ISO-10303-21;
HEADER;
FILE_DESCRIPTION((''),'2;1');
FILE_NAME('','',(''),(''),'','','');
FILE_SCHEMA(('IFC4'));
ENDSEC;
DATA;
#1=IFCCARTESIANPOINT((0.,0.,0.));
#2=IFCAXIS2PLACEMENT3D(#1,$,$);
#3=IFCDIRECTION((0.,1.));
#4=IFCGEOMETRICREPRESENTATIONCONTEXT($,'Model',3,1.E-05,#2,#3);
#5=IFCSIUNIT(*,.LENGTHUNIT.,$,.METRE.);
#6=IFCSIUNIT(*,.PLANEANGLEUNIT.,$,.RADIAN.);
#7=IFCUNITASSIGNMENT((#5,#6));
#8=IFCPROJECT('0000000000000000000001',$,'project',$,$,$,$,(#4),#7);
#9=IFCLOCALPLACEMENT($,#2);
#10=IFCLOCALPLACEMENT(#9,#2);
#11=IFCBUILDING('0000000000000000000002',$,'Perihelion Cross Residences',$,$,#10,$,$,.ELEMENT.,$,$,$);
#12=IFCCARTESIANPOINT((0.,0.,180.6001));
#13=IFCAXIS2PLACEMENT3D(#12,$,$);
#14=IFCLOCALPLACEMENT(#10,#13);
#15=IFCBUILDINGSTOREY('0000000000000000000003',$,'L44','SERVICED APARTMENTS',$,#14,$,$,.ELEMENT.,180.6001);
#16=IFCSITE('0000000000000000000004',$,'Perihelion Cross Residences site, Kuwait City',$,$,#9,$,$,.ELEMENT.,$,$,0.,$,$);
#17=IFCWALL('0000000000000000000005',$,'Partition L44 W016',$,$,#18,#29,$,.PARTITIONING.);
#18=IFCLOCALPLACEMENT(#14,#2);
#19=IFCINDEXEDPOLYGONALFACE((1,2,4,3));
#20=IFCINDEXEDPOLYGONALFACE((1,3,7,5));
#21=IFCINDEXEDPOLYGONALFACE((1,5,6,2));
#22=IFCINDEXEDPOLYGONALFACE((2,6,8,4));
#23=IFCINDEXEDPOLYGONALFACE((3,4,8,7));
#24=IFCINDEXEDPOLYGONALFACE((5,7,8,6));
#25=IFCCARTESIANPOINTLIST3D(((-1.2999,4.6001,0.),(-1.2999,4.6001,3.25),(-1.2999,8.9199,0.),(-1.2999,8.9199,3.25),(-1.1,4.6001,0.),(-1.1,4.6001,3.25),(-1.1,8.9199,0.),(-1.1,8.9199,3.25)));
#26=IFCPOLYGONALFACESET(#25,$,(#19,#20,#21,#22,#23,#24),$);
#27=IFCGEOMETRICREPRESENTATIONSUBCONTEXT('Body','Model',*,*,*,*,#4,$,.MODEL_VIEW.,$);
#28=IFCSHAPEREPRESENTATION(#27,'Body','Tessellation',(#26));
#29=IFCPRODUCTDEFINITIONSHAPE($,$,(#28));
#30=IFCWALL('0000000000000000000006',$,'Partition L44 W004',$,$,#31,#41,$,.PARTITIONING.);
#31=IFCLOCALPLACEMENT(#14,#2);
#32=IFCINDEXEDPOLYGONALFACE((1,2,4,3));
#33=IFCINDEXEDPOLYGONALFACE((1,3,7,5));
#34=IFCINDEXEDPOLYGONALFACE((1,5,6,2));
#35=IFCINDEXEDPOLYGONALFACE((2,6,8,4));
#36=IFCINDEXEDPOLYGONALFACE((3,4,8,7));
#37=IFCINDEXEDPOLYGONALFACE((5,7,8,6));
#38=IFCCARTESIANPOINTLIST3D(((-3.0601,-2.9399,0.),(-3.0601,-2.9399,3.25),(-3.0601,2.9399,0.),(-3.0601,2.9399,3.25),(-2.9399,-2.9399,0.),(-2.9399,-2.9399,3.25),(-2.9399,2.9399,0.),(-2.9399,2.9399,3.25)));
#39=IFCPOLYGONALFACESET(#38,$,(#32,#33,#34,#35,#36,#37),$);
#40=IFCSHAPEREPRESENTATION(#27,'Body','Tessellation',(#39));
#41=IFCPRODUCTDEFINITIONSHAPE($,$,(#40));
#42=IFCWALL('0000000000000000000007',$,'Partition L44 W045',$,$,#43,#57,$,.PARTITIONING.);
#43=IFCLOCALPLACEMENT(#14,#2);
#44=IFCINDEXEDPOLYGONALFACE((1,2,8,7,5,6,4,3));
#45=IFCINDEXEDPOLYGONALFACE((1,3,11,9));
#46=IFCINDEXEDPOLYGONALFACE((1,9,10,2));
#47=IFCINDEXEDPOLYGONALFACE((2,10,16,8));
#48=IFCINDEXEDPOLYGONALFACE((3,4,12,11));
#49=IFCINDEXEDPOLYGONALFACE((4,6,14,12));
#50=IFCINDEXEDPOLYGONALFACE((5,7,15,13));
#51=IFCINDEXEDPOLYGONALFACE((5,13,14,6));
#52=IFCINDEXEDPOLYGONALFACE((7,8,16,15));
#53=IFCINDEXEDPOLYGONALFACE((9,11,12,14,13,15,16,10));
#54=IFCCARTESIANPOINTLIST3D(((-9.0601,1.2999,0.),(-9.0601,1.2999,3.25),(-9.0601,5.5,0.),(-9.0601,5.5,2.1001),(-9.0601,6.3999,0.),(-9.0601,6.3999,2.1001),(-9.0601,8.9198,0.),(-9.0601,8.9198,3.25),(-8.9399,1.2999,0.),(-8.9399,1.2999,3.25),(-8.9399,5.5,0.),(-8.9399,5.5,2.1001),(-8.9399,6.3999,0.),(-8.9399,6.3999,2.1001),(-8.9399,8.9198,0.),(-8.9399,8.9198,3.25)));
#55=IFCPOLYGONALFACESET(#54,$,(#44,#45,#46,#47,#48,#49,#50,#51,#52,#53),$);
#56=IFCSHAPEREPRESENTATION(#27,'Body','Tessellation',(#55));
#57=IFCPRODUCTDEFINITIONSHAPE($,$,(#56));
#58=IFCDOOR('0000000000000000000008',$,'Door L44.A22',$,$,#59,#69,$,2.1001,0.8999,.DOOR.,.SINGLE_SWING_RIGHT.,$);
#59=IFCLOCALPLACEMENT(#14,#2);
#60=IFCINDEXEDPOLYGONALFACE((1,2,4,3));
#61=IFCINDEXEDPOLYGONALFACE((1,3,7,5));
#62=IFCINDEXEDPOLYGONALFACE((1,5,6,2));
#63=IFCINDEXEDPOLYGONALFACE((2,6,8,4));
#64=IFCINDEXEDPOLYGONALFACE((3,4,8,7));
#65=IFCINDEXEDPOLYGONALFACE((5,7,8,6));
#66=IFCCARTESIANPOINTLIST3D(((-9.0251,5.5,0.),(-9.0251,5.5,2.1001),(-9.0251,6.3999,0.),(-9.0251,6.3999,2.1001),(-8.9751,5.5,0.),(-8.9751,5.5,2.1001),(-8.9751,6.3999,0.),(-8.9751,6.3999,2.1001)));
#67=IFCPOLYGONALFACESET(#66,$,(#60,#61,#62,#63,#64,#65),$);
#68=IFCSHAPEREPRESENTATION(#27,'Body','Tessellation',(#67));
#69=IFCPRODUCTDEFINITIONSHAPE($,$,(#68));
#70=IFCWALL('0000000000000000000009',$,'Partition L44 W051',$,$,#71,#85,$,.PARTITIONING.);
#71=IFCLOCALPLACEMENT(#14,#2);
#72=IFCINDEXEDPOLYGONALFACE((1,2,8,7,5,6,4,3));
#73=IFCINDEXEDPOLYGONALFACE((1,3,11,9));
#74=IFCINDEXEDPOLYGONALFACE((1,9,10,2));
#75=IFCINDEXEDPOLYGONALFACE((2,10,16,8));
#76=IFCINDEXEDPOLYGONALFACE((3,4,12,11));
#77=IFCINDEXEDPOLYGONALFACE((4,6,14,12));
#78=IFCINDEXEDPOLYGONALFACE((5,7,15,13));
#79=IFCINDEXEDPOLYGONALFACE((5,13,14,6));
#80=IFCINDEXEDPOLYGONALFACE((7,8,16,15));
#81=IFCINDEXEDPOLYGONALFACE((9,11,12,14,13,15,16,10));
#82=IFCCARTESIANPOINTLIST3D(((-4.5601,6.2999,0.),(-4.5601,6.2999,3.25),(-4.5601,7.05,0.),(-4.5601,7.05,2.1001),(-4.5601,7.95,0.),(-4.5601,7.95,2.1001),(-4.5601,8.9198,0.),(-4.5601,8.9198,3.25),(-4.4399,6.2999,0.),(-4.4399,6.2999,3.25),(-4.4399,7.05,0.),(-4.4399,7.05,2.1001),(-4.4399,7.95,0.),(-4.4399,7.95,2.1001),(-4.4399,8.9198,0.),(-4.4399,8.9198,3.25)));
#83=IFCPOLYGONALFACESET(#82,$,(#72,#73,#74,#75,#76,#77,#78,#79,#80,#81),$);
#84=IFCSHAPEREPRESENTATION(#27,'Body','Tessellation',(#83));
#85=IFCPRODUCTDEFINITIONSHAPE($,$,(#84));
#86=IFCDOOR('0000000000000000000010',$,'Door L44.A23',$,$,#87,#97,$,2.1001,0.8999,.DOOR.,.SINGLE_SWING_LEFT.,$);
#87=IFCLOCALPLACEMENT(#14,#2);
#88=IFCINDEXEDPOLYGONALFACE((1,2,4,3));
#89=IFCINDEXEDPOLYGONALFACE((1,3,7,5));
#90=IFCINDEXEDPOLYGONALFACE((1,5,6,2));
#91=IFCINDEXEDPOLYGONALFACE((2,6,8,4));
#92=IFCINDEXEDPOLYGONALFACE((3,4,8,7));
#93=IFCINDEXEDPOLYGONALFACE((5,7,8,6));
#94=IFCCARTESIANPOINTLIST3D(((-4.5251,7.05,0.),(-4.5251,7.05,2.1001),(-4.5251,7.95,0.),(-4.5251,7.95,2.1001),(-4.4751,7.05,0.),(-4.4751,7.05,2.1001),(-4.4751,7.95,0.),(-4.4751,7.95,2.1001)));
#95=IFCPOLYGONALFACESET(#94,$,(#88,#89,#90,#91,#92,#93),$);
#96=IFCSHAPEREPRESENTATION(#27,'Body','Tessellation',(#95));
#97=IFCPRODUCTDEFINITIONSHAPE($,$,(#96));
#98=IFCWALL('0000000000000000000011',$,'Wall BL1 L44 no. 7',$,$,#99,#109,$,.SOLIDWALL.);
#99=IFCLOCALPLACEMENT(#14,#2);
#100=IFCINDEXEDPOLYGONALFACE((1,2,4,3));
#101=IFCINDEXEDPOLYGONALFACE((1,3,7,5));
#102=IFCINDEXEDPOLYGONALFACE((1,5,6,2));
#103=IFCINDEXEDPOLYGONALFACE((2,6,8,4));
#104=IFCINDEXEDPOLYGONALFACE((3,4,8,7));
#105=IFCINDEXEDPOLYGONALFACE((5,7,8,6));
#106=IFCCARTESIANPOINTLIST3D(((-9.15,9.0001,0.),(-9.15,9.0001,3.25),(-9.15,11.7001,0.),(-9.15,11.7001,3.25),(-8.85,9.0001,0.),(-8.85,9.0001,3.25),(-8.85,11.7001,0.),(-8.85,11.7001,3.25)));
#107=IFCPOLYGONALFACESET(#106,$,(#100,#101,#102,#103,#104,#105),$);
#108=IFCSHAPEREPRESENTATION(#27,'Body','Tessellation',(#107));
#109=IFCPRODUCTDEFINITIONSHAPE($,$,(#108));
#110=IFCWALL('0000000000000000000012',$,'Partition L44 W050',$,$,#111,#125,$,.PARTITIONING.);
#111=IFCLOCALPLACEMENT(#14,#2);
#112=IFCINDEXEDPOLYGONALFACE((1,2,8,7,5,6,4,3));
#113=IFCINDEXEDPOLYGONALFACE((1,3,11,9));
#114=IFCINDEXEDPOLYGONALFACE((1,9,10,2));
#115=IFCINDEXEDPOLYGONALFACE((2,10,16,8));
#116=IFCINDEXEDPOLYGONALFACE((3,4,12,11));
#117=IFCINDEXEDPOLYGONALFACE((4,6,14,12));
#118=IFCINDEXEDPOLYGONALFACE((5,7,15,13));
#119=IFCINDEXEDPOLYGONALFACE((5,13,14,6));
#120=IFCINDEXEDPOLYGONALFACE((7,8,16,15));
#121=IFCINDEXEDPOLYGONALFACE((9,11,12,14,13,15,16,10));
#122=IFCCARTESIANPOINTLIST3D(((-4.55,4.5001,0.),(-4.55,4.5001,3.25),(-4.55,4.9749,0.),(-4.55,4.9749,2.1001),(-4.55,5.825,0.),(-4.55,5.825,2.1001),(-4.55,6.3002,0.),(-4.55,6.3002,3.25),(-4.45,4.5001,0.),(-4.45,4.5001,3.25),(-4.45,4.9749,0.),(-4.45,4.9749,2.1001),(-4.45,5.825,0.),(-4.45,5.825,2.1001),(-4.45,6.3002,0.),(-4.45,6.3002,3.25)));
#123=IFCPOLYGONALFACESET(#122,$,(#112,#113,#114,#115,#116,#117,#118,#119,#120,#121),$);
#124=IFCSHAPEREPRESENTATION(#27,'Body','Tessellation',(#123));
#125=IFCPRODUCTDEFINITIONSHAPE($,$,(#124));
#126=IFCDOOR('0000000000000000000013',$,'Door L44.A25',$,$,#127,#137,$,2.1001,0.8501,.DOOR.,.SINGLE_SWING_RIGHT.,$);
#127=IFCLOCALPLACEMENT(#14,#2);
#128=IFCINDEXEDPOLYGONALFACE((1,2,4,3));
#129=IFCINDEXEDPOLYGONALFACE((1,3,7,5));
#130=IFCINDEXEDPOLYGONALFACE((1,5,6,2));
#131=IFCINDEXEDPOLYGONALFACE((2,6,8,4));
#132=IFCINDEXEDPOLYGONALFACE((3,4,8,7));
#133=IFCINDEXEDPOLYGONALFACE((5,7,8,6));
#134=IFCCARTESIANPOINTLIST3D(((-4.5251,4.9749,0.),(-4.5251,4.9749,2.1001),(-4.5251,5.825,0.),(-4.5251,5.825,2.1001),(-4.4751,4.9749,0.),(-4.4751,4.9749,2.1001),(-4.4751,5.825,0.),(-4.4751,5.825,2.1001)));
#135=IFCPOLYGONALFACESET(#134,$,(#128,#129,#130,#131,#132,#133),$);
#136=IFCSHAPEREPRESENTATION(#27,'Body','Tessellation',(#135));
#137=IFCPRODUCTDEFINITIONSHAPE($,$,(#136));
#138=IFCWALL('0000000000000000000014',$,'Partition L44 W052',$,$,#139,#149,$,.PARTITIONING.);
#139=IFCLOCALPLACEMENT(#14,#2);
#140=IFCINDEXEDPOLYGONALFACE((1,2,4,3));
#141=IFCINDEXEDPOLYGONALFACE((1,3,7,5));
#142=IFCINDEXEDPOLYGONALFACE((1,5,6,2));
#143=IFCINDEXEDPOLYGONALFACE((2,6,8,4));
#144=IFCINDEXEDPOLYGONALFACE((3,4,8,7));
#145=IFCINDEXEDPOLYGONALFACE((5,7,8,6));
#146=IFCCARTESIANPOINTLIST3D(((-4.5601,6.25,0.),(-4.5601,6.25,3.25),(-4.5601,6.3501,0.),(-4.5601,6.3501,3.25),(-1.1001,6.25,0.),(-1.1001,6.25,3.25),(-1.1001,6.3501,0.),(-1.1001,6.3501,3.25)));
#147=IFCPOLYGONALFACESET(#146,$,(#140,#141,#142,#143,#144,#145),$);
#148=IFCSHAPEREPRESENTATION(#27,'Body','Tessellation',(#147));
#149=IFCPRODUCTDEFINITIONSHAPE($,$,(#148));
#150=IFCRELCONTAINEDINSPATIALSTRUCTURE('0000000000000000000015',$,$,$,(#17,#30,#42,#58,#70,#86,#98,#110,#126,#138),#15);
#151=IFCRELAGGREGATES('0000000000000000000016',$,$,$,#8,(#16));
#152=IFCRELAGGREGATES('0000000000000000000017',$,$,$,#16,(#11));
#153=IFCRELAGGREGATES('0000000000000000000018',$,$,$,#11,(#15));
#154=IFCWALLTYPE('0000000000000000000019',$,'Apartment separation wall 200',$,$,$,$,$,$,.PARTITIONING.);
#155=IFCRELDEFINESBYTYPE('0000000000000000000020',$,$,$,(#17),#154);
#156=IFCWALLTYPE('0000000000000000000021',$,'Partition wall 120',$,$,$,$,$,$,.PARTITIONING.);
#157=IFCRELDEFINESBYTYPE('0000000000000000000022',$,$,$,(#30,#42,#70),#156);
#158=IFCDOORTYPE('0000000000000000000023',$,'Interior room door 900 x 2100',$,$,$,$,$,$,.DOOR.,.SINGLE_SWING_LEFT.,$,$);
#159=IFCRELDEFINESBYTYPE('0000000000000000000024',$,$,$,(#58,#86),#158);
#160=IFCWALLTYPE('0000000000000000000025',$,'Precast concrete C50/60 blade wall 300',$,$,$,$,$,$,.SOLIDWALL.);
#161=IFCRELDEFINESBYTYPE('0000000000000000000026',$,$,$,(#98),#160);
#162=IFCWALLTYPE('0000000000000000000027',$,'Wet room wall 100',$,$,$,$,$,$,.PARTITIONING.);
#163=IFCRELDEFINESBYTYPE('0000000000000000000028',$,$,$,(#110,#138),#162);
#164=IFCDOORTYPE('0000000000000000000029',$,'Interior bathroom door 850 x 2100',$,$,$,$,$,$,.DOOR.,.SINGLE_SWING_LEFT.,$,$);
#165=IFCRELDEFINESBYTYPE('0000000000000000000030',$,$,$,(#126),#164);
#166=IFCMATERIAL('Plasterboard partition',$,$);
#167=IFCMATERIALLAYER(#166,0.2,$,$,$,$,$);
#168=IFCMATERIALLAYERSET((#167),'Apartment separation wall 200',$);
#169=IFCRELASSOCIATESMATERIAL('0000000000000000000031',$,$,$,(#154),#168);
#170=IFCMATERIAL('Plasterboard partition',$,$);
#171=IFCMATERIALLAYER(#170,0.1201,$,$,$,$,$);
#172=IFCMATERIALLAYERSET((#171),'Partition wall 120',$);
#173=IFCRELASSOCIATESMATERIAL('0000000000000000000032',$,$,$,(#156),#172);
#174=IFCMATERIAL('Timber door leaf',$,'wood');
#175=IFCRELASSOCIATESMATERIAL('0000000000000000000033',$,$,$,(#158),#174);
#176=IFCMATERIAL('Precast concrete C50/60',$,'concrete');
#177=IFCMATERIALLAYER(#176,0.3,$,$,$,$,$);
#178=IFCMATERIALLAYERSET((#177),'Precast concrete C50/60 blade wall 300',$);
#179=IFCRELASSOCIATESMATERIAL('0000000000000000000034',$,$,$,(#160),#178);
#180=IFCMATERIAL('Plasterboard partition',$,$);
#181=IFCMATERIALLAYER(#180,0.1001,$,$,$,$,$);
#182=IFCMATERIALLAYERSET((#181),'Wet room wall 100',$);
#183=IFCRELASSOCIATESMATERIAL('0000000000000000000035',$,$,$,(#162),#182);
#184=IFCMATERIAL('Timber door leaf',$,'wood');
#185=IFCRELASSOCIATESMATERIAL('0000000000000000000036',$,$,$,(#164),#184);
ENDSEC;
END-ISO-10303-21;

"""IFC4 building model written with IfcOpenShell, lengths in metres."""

from ifc_helpers import new_model, si_unit, direction, frame, frame_2d, origin, place, context, subcontext, project, spatial, rectangle, extrude, material, layer, layer_set, type_object, element, fill, save


model = new_model("IFC4")

# Units and contexts
model_context = context("Model", 3, precision=1e-05, world=origin(), true_north=direction((0.0, 1.0)))
body_context = subcontext(model_context, "Body", "Model", "MODEL_VIEW")
ifc_project = project(units=[si_unit("LENGTHUNIT", "METRE"), si_unit("PLANEANGLEUNIT", "RADIAN")], contexts=[model_context])

# Site, building, storey
site_placement = place(None, origin())
site = spatial("IfcSite", under=ifc_project, at=site_placement, Name="Perihelion Cross Residences site, Kuwait City", CompositionType="ELEMENT", RefElevation=0.0)
building_placement = place(site_placement, origin())
building = spatial("IfcBuilding", under=site, at=building_placement, Name="Perihelion Cross Residences", CompositionType="ELEMENT")
storey_placement = place(building_placement, frame((0.0, 0.0, 180.6001)))
storey = spatial("IfcBuildingStorey", under=building, at=storey_placement, Name="L44", Description="SERVICED APARTMENTS", CompositionType="ELEMENT", Elevation=180.6001)

# Wall
ifc_material_1 = material(Name="Plasterboard partition")
ifc_layer_1 = layer(ifc_material_1, 0.2)
ifc_layer_set_1 = layer_set([ifc_layer_1], Name="Apartment separation wall 200")
wall_type_1 = type_object("IfcWallType", Name="Apartment separation wall 200", PredefinedType="PARTITIONING", material=ifc_layer_set_1)
wall_1_placement = place(storey_placement, frame((-1.2, 4.6001, 0.0), z_axis=(0.0, 0.0, 1.0), x_axis=(0.0, 1.0, 0.0)))
element("IfcWall", 1, at=wall_1_placement, inside=storey, type_object=wall_type_1, Name="Partition L44 W016", PredefinedType="PARTITIONING", context=body_context, shape_type="SweptSolid", body=[
    extrude(rectangle(XDim=4.3198, YDim=0.2, at=frame_2d((2.1599, 0.0))), origin(), (0.0, 0.0, 1.0), 3.25),
])

# Wall
ifc_material_2 = material(Name="Plasterboard partition")
ifc_layer_2 = layer(ifc_material_2, 0.1201)
ifc_layer_set_2 = layer_set([ifc_layer_2], Name="Partition wall 120")
wall_type_2 = type_object("IfcWallType", Name="Partition wall 120", PredefinedType="PARTITIONING", material=ifc_layer_set_2)
wall_2_placement = place(storey_placement, frame((-3.0, 2.9399, 0.0), z_axis=(0.0, 0.0, 1.0), x_axis=(0.0, -1.0, 0.0)))
element("IfcWall", 2, at=wall_2_placement, inside=storey, type_object=wall_type_2, Name="Partition L44 W004", PredefinedType="PARTITIONING", context=body_context, shape_type="SweptSolid", body=[
    extrude(rectangle(XDim=5.8799, YDim=0.1201, at=frame_2d((2.9399, 0.0))), origin(), (0.0, 0.0, 1.0), 3.25),
])

# Walls, openings, doors
wall_3_placement = place(storey_placement, frame((-9.0, 8.9199, 0.0), z_axis=(0.0, 0.0, 1.0), x_axis=(0.0, -1.0, 0.0)))
wall_3 = element("IfcWall", 3, at=wall_3_placement, inside=storey, type_object=wall_type_2, Name="Partition L44 W045", PredefinedType="PARTITIONING", context=body_context, shape_type="SweptSolid", body=[
    extrude(rectangle(XDim=7.6199, YDim=0.1201, at=frame_2d((3.8101, 0.0))), origin(), (0.0, 0.0, 1.0), 3.25),
])
opening_1_placement = place(wall_3_placement, frame((2.52, 0.0, 0.0)))
opening_1 = element("IfcOpeningElement", 4, at=opening_1_placement, cuts=wall_3, PredefinedType="OPENING", context=body_context, shape_type="SweptSolid", body=[
    extrude(rectangle(XDim=0.8999, YDim=2.1001, at=frame_2d((0.45, 1.05))), frame((0.0, 0.0701, 0.0), z_axis=(0.0, -1.0, 0.0), x_axis=(1.0, 0.0, 0.0)), (0.0, 0.0, 1.0), 0.1401),
])
ifc_material_3 = material(Name="Timber door leaf", Category="wood")
door_type_1 = type_object("IfcDoorType", Name="Interior room door 900 x 2100", OperationType="SINGLE_SWING_LEFT", PredefinedType="DOOR", material=ifc_material_3)
door_1_placement = place(opening_1_placement, origin())
door_1 = element("IfcDoor", 5, at=door_1_placement, inside=storey, type_object=door_type_1, Name="Door L44.A22", OperationType="SINGLE_SWING_RIGHT", OverallHeight=2.1001, OverallWidth=0.8999, PredefinedType="DOOR", context=body_context, shape_type="SweptSolid", body=[
    extrude(rectangle(XDim=0.8999, YDim=2.1001, at=frame_2d((0.45, 1.05))), frame((0.0, 0.0249, 0.0), z_axis=(0.0, -1.0, 0.0), x_axis=(1.0, 0.0, 0.0)), (0.0, 0.0, 1.0), 0.05),
])
fill(opening_1, door_1)
wall_4_placement = place(storey_placement, frame((-4.5, 8.9199, 0.0), z_axis=(0.0, 0.0, 1.0), x_axis=(0.0, -1.0, 0.0)))
wall_4 = element("IfcWall", 6, at=wall_4_placement, inside=storey, type_object=wall_type_2, Name="Partition L44 W051", PredefinedType="PARTITIONING", context=body_context, shape_type="SweptSolid", body=[
    extrude(rectangle(XDim=2.6199, YDim=0.1201, at=frame_2d((1.3101, 0.0))), origin(), (0.0, 0.0, 1.0), 3.25),
])
opening_2_placement = place(wall_4_placement, frame((0.97, 0.0, 0.0)))
opening_2 = element("IfcOpeningElement", 7, at=opening_2_placement, cuts=wall_4, PredefinedType="OPENING", context=body_context, shape_type="SweptSolid", body=[
    extrude(rectangle(XDim=0.8999, YDim=2.1001, at=frame_2d((0.45, 1.05))), frame((0.0, 0.0701, 0.0), z_axis=(0.0, -1.0, 0.0), x_axis=(1.0, 0.0, 0.0)), (0.0, 0.0, 1.0), 0.1401),
])
door_2_placement = place(opening_2_placement, origin())
door_2 = element("IfcDoor", 8, at=door_2_placement, inside=storey, type_object=door_type_1, Name="Door L44.A23", OperationType="SINGLE_SWING_LEFT", OverallHeight=2.1001, OverallWidth=0.8999, PredefinedType="DOOR", context=body_context, shape_type="SweptSolid", body=[
    extrude(rectangle(XDim=0.8999, YDim=2.1001, at=frame_2d((0.45, 1.05))), frame((0.0, 0.0249, 0.0), z_axis=(0.0, -1.0, 0.0), x_axis=(1.0, 0.0, 0.0)), (0.0, 0.0, 1.0), 0.05),
])
fill(opening_2, door_2)

# Wall
ifc_material_4 = material(Name="Precast concrete C50/60", Category="concrete")
ifc_layer_3 = layer(ifc_material_4, 0.3)
ifc_layer_set_3 = layer_set([ifc_layer_3], Name="Precast concrete C50/60 blade wall 300")
wall_type_3 = type_object("IfcWallType", Name="Precast concrete C50/60 blade wall 300", PredefinedType="SOLIDWALL", material=ifc_layer_set_3)
wall_5_placement = place(storey_placement, frame((-9.0, 9.0, 0.0), z_axis=(0.0, 0.0, 1.0), x_axis=(0.0, 1.0, 0.0)))
element("IfcWall", 9, at=wall_5_placement, inside=storey, type_object=wall_type_3, Name="Wall BL1 L44 no. 7", PredefinedType="SOLIDWALL", context=body_context, shape_type="SweptSolid", body=[
    extrude(rectangle(XDim=2.7, YDim=0.3, at=frame_2d((1.3501, 0.0))), origin(), (0.0, 0.0, 1.0), 3.25),
])

# Wall, opening, door
ifc_material_5 = material(Name="Plasterboard partition")
ifc_layer_4 = layer(ifc_material_5, 0.1001)
ifc_layer_set_4 = layer_set([ifc_layer_4], Name="Wet room wall 100")
wall_type_4 = type_object("IfcWallType", Name="Wet room wall 100", PredefinedType="PARTITIONING", material=ifc_layer_set_4)
wall_6_placement = place(storey_placement, frame((-4.5, 6.3, 0.0), z_axis=(0.0, 0.0, 1.0), x_axis=(0.0, -1.0, 0.0)))
wall_6 = element("IfcWall", 10, at=wall_6_placement, inside=storey, type_object=wall_type_4, Name="Partition L44 W050", PredefinedType="PARTITIONING", context=body_context, shape_type="SweptSolid", body=[
    extrude(rectangle(XDim=1.8, YDim=0.1001, at=frame_2d((0.8999, 0.0))), origin(), (0.0, 0.0, 1.0), 3.25),
])
opening_3_placement = place(wall_6_placement, frame((0.4751, 0.0, 0.0)))
opening_3 = element("IfcOpeningElement", 11, at=opening_3_placement, cuts=wall_6, PredefinedType="OPENING", context=body_context, shape_type="SweptSolid", body=[
    extrude(rectangle(XDim=0.8501, YDim=2.1001, at=frame_2d((0.425, 1.05))), frame((0.0, 0.0601, 0.0), z_axis=(0.0, -1.0, 0.0), x_axis=(1.0, 0.0, 0.0)), (0.0, 0.0, 1.0), 0.1201),
])
ifc_material_6 = material(Name="Timber door leaf", Category="wood")
door_type_2 = type_object("IfcDoorType", Name="Interior bathroom door 850 x 2100", OperationType="SINGLE_SWING_LEFT", PredefinedType="DOOR", material=ifc_material_6)
door_3_placement = place(opening_3_placement, origin())
door_3 = element("IfcDoor", 12, at=door_3_placement, inside=storey, type_object=door_type_2, Name="Door L44.A25", OperationType="SINGLE_SWING_RIGHT", OverallHeight=2.1001, OverallWidth=0.8501, PredefinedType="DOOR", context=body_context, shape_type="SweptSolid", body=[
    extrude(rectangle(XDim=0.8501, YDim=2.1001, at=frame_2d((0.425, 1.05))), frame((0.0, 0.0249, 0.0), z_axis=(0.0, -1.0, 0.0), x_axis=(1.0, 0.0, 0.0)), (0.0, 0.0, 1.0), 0.05),
])
fill(opening_3, door_3)

# Wall
wall_7_placement = place(storey_placement, frame((-4.5601, 6.3, 0.0), z_axis=(0.0, 0.0, 1.0), x_axis=(1.0, 0.0, 0.0)))
element("IfcWall", 13, at=wall_7_placement, inside=storey, type_object=wall_type_4, Name="Partition L44 W052", PredefinedType="PARTITIONING", context=body_context, shape_type="SweptSolid", body=[
    extrude(rectangle(XDim=3.46, YDim=0.1001, at=frame_2d((1.73, 0.0))), origin(), (0.0, 0.0, 1.0), 3.25),
])

save(model, "model.ifc")
